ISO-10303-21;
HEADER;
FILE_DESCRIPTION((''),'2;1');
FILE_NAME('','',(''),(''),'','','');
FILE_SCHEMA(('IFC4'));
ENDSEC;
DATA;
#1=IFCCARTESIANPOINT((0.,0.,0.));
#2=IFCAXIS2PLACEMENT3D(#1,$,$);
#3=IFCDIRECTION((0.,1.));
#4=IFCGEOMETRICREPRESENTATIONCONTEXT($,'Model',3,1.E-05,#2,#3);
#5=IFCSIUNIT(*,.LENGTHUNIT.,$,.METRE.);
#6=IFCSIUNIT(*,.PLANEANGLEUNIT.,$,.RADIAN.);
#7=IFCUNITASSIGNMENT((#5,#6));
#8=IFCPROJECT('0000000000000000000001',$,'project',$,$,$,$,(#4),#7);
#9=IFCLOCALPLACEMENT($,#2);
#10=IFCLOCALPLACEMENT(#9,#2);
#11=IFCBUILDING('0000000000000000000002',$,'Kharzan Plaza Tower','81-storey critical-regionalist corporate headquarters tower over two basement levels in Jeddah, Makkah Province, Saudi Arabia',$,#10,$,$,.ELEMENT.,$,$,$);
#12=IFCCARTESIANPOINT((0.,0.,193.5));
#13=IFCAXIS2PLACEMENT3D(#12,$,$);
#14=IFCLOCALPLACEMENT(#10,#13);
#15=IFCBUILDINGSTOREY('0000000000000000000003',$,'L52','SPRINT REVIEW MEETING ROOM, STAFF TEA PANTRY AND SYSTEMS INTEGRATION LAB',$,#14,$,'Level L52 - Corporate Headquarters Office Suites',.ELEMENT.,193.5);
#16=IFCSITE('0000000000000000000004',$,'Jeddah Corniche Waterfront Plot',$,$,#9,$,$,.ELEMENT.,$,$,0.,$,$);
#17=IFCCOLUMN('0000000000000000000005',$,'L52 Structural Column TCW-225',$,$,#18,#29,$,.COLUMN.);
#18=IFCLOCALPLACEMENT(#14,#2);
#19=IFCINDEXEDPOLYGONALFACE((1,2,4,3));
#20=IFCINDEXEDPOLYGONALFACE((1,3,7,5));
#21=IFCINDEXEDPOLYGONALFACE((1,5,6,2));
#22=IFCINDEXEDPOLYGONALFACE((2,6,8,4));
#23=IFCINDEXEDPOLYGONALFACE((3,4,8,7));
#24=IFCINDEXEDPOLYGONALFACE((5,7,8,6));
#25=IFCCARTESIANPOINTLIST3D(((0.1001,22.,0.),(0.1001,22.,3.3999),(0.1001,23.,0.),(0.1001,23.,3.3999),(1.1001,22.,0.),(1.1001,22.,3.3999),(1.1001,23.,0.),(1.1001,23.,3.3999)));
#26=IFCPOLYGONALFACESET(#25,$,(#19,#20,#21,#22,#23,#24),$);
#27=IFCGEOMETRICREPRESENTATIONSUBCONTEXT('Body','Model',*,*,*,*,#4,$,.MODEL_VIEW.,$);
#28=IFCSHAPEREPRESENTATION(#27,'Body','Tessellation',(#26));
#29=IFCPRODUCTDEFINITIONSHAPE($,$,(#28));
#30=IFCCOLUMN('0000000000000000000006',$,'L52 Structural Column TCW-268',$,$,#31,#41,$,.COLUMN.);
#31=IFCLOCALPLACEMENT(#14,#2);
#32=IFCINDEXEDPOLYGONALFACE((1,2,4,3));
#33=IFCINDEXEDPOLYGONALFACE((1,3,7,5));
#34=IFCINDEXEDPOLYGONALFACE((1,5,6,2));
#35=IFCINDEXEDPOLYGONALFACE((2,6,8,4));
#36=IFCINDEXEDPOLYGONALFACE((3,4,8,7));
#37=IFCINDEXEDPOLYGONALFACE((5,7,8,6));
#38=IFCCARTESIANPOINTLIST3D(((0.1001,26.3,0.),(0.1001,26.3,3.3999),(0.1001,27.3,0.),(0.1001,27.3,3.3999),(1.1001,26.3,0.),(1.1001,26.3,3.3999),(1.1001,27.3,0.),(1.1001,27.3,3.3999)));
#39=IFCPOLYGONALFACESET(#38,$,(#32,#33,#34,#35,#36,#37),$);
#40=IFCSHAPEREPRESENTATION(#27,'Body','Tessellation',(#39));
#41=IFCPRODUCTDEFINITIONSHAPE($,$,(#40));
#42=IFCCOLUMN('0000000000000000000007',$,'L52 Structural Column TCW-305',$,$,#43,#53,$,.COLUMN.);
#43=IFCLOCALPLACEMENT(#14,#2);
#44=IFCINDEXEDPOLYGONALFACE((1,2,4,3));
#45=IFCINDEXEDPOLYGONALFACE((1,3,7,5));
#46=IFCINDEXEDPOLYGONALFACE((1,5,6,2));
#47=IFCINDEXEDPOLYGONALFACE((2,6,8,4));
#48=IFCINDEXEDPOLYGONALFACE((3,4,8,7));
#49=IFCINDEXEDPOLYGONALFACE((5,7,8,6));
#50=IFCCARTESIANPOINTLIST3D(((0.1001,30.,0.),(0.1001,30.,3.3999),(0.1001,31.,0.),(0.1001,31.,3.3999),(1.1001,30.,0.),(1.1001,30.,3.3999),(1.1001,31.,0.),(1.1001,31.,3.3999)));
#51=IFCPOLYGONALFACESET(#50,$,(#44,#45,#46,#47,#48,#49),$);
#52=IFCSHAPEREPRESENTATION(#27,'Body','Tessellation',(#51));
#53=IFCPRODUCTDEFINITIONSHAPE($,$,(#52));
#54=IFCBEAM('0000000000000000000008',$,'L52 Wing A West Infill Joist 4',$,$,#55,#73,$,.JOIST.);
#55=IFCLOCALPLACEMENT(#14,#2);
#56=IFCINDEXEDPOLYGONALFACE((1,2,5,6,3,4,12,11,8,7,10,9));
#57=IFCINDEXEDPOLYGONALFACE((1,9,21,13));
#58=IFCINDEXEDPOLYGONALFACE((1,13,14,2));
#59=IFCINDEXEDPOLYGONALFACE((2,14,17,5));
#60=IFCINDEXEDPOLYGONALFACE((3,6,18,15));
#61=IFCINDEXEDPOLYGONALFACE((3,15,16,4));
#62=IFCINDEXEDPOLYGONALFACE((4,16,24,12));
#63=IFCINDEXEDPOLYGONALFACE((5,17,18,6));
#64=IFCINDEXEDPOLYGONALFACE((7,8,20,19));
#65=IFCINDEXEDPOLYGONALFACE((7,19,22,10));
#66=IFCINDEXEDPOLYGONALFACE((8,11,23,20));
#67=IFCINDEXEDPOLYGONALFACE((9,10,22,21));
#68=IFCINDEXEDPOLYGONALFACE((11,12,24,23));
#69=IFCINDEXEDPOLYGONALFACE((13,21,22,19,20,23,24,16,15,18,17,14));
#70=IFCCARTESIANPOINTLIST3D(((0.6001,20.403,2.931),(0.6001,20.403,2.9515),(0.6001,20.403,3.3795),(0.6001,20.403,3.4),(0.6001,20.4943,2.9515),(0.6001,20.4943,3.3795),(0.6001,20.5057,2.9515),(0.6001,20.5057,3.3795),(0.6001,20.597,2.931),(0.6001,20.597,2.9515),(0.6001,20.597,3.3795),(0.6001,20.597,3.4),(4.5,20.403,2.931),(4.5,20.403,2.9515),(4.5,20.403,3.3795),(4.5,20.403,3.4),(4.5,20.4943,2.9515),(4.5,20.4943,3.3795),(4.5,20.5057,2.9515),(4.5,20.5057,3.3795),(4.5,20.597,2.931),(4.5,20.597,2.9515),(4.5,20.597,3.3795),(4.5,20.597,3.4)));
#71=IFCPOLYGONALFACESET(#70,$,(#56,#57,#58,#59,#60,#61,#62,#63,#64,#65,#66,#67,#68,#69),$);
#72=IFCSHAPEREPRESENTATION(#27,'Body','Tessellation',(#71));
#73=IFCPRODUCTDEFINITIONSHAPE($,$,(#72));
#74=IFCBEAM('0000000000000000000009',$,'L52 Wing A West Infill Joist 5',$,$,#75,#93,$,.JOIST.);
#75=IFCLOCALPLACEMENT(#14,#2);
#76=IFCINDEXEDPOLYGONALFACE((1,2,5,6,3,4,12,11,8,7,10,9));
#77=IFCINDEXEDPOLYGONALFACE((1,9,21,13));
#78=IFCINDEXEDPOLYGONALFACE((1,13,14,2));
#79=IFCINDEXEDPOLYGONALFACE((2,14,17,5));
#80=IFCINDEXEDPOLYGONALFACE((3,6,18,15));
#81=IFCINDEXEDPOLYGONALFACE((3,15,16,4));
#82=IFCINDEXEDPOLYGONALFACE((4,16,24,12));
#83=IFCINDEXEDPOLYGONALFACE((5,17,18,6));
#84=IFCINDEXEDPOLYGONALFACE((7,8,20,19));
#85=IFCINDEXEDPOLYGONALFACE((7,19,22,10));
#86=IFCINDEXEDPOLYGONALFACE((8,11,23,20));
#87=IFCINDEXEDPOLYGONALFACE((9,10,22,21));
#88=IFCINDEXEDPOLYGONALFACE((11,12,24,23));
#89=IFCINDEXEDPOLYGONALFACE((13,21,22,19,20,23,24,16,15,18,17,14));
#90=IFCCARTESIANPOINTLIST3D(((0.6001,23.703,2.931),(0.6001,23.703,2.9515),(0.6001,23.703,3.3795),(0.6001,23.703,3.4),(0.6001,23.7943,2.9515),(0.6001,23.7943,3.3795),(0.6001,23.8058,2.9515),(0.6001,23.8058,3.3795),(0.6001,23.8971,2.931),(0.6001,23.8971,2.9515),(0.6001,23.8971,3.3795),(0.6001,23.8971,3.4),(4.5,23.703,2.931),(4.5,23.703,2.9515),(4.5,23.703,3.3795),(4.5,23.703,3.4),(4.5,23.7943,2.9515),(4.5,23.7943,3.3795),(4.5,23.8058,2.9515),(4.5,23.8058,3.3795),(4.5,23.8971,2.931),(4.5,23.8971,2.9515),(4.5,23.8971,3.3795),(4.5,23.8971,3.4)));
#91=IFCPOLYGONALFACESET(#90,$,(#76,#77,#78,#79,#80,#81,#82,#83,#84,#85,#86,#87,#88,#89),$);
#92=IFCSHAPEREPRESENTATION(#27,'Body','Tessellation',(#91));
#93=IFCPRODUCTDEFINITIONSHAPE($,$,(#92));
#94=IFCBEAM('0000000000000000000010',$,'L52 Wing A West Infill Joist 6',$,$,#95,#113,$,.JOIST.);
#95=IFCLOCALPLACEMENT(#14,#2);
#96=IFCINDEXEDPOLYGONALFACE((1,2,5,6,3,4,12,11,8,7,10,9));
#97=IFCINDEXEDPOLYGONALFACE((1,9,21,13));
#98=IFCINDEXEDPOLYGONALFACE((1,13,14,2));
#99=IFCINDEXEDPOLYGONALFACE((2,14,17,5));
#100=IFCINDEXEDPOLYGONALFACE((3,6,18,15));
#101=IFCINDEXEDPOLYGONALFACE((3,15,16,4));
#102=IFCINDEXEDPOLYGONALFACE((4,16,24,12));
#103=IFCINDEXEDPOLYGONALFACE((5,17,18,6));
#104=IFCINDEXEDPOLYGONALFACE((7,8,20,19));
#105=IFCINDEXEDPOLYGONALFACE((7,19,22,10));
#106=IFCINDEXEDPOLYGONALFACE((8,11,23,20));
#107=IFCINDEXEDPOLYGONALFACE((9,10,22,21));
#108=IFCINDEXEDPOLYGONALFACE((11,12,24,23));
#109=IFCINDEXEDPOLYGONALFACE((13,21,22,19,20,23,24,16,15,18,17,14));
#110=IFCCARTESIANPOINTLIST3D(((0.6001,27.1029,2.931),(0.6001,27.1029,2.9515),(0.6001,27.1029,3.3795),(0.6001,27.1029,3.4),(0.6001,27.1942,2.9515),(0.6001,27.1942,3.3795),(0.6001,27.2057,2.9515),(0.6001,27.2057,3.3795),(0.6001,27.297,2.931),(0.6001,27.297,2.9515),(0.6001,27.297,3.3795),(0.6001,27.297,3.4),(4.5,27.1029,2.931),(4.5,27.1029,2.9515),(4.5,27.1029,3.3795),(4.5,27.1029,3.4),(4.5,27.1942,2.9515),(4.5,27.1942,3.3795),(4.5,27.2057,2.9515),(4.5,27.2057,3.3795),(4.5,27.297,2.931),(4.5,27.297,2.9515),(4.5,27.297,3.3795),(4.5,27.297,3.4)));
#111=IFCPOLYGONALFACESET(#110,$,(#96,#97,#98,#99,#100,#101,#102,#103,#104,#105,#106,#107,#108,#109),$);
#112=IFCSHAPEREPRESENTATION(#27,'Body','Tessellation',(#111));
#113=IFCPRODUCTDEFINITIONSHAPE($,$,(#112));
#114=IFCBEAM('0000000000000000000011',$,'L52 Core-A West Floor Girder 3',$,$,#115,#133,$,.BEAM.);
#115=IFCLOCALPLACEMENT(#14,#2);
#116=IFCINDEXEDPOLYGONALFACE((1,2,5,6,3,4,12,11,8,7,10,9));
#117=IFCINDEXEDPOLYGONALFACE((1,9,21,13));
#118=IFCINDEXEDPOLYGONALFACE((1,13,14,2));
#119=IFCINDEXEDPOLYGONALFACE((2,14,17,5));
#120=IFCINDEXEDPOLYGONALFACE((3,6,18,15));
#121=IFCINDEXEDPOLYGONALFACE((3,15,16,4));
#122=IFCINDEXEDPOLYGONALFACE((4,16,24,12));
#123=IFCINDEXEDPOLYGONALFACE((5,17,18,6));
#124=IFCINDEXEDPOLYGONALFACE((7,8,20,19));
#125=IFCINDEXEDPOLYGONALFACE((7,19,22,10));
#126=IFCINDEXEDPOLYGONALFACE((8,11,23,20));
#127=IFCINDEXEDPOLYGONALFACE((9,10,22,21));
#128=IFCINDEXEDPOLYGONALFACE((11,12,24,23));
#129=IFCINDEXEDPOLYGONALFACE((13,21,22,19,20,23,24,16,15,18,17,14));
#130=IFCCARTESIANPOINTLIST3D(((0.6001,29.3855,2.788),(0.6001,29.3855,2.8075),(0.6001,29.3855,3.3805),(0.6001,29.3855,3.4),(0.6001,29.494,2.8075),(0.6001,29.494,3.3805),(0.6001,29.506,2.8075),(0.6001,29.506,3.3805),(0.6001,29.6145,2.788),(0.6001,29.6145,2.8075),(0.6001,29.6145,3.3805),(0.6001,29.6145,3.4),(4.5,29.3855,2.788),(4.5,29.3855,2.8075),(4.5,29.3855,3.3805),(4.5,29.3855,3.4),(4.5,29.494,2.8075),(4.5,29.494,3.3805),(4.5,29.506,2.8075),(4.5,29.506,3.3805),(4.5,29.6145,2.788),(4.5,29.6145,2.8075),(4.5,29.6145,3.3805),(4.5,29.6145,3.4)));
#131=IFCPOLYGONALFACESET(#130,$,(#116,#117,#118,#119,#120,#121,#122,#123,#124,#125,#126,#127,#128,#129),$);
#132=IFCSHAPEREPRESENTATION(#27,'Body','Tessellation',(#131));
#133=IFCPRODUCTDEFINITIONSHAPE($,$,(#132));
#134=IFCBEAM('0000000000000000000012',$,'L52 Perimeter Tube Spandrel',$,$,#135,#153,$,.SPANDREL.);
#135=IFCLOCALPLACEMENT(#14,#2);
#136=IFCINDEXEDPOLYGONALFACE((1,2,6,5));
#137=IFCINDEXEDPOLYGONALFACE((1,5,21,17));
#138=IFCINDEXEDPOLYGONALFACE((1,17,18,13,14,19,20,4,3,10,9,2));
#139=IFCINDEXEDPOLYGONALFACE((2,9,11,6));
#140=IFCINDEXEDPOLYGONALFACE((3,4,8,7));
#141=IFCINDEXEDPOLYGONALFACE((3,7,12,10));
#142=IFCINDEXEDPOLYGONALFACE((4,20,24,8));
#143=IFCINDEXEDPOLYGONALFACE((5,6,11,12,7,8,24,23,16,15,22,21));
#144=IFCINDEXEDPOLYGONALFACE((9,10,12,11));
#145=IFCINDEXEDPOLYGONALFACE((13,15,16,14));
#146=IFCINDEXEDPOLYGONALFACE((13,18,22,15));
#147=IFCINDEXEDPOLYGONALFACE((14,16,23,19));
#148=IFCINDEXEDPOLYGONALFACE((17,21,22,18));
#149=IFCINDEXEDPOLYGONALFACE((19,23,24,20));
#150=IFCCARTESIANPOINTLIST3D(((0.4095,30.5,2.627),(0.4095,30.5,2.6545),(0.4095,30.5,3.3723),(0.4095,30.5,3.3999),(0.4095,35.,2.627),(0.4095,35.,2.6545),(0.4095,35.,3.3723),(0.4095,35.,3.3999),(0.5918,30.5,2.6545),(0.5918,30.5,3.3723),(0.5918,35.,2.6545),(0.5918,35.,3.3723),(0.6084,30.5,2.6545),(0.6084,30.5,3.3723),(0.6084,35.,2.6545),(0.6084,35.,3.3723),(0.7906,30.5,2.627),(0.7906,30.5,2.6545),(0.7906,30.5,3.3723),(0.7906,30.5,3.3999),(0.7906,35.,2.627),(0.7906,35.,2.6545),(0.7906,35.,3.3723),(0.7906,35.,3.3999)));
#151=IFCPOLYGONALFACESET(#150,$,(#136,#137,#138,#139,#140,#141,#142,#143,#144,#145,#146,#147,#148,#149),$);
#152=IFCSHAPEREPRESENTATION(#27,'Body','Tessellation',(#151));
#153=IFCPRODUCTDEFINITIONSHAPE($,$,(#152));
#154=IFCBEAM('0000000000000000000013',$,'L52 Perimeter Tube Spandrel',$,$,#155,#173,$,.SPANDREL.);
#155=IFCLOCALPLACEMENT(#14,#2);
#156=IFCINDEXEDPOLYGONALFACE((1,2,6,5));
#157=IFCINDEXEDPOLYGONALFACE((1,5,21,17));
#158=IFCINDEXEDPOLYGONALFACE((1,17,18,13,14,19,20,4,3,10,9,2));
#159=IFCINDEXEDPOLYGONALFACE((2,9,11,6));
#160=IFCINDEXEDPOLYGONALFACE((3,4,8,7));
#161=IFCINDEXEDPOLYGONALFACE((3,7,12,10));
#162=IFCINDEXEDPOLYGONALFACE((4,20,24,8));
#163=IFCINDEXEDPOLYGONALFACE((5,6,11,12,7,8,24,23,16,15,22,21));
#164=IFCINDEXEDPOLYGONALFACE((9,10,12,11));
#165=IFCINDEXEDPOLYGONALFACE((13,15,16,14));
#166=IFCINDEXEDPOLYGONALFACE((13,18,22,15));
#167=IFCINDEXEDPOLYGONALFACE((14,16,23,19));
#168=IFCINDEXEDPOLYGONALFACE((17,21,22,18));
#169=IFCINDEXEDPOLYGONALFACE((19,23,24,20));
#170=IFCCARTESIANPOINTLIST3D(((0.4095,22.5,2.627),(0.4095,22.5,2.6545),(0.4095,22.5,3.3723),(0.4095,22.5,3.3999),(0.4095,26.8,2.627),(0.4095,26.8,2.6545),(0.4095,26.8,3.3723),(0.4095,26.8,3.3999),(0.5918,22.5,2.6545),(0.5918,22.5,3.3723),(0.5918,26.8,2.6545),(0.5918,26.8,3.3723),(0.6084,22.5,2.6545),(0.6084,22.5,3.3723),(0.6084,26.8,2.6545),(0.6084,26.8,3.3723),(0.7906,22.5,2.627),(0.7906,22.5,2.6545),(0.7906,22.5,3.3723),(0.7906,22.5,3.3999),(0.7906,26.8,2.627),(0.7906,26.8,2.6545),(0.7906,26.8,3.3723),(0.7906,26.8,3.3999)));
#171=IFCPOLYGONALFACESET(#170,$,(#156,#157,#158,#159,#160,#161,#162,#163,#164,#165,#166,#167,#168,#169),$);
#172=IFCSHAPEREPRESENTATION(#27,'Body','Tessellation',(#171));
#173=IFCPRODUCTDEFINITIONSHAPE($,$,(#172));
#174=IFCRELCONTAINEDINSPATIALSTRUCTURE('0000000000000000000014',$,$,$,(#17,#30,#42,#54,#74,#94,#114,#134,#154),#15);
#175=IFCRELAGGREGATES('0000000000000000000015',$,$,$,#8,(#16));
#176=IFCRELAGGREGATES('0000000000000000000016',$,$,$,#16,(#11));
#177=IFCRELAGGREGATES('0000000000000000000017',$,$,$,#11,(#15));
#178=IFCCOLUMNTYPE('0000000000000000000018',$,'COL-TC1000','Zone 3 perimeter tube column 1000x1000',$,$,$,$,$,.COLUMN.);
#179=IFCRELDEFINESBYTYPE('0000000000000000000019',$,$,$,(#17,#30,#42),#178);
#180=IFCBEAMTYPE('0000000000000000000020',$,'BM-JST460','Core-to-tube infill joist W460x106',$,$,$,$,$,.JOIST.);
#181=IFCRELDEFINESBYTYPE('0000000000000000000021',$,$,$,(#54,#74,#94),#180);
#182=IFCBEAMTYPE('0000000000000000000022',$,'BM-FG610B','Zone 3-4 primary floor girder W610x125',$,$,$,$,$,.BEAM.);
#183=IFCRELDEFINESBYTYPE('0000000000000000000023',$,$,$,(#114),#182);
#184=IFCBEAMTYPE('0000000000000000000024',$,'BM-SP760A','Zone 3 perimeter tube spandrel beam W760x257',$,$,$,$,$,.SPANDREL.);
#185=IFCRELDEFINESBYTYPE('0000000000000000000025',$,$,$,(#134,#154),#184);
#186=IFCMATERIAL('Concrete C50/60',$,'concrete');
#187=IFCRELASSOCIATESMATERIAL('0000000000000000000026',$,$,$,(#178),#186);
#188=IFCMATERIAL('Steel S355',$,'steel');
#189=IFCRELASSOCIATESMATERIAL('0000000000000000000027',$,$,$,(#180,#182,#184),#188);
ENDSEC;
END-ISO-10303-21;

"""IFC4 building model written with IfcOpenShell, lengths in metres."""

from ifc_helpers import new_model, si_unit, direction, frame, origin, origin_2d, place, context, subcontext, project, spatial, rectangle, i_section, extrude, source, transform, mapped, material, material_profile, profile_set, type_object, element, save


model = new_model("IFC4")

# Units and contexts
model_context = context("Model", 3, precision=1e-05, world=origin(), true_north=direction((0.0, 1.0)))
body_context = subcontext(model_context, "Body", "Model", "MODEL_VIEW")
ifc_project = project(units=[si_unit("LENGTHUNIT", "METRE"), si_unit("PLANEANGLEUNIT", "RADIAN")], contexts=[model_context])

# Site, building, storey
site_placement = place(None, origin())
site = spatial("IfcSite", under=ifc_project, at=site_placement, Name="Jeddah Corniche Waterfront Plot", CompositionType="ELEMENT", RefElevation=0.0)
building_placement = place(site_placement, origin())
building = spatial("IfcBuilding", under=site, at=building_placement, Name="Kharzan Plaza Tower", Description="81-storey critical-regionalist corporate headquarters tower over two basement levels in Jeddah, Makkah Province, Saudi Arabia", CompositionType="ELEMENT")
storey_placement = place(building_placement, frame((0.0, 0.0, 193.5)))
storey = spatial("IfcBuildingStorey", under=building, at=storey_placement, Name="L52", Description="SPRINT REVIEW MEETING ROOM, STAFF TEA PANTRY AND SYSTEMS INTEGRATION LAB", LongName="Level L52 - Corporate Headquarters Office Suites", CompositionType="ELEMENT", Elevation=193.5)

# Columns
ifc_material_1 = material(Name="Concrete C50/60", Category="concrete")
ifc_material_profile_1 = material_profile(ifc_material_1, rectangle(XDim=1.0, YDim=1.0, at=origin_2d()), Name="RC-TC1000x1000")
ifc_profile_set_1 = profile_set([ifc_material_profile_1], Name="Concrete C50/60")
column_type = type_object("IfcColumnType", Name="COL-TC1000", Description="Zone 3 perimeter tube column 1000x1000", PredefinedType="COLUMN", material=ifc_profile_set_1)
shared_shape_1 = source(origin(), body_context, "Body", "SweptSolid", [
    extrude(rectangle(XDim=1.0, YDim=1.0, at=origin_2d()), origin(), (0.0, 0.0, 1.0), 3.3999),
])
for number, where, z_axis, x_axis, name in (
    (1, (0.6001, 22.5, 0.0), (0.0, 0.0, 1.0), (1.0, 0.0, 0.0), "L52 Structural Column TCW-225"),
    (2, (0.6001, 26.8, 0.0), (0.0, 0.0, 1.0), (1.0, 0.0, 0.0), "L52 Structural Column TCW-268"),
    (3, (0.6001, 30.5, 0.0), (0.0, 0.0, 1.0), (1.0, 0.0, 0.0), "L52 Structural Column TCW-305"),
):
    element("IfcColumn", number, at=place(storey_placement, frame(where, z_axis=z_axis, x_axis=x_axis)), inside=storey, type_object=column_type, Name=name, PredefinedType="COLUMN", context=body_context, shape_type="MappedRepresentation", body=[
        mapped(shared_shape_1, transform((0.0, 0.0, 0.0), x_axis=(1.0, 0.0, 0.0), y_axis=(0.0, 1.0, 0.0), z_axis=(0.0, 0.0, 1.0))),
    ])

# Beams
ifc_material_2 = material(Name="Steel S355", Category="steel")
ifc_material_profile_2 = material_profile(ifc_material_2, i_section(OverallWidth=0.1941, OverallDepth=0.469, WebThickness=0.0115, FlangeThickness=0.0205, at=origin_2d()), Name="W460x106")
ifc_profile_set_2 = profile_set([ifc_material_profile_2], Name="Steel S355")
beam_type_1 = type_object("IfcBeamType", Name="BM-JST460", Description="Core-to-tube infill joist W460x106", PredefinedType="JOIST", material=ifc_profile_set_2)
shared_shape_2 = source(origin(), body_context, "Body", "SweptSolid", [
    extrude(i_section(OverallWidth=0.1941, OverallDepth=0.469, WebThickness=0.0115, FlangeThickness=0.0205, at=origin_2d()), origin(), (0.0, 0.0, 1.0), 3.8999),
])
for number, where, z_axis, x_axis, name in (
    (4, (0.6001, 20.5, 3.1655), (1.0, 0.0, 0.0), (0.0, 1.0, 0.0), "L52 Wing A West Infill Joist 4"),
    (5, (0.6001, 23.8, 3.1655), (1.0, 0.0, 0.0), (0.0, 1.0, 0.0), "L52 Wing A West Infill Joist 5"),
    (6, (0.6001, 27.2, 3.1655), (1.0, 0.0, 0.0), (0.0, 1.0, 0.0), "L52 Wing A West Infill Joist 6"),
):
    element("IfcBeam", number, at=place(storey_placement, frame(where, z_axis=z_axis, x_axis=x_axis)), inside=storey, type_object=beam_type_1, Name=name, PredefinedType="JOIST", context=body_context, shape_type="MappedRepresentation", body=[
        mapped(shared_shape_2, transform((0.0, 0.0, 0.0), x_axis=(1.0, 0.0, 0.0), y_axis=(0.0, 1.0, 0.0), z_axis=(0.0, 0.0, 1.0))),
    ])
ifc_material_profile_3 = material_profile(ifc_material_2, i_section(OverallWidth=0.229, OverallDepth=0.6121, WebThickness=0.012, FlangeThickness=0.0195, at=origin_2d()), Name="W610x125")
ifc_profile_set_3 = profile_set([ifc_material_profile_3], Name="Steel S355")
beam_type_2 = type_object("IfcBeamType", Name="BM-FG610B", Description="Zone 3-4 primary floor girder W610x125", PredefinedType="BEAM", material=ifc_profile_set_3)
shared_shape_3 = source(origin(), body_context, "Body", "SweptSolid", [
    extrude(i_section(OverallWidth=0.229, OverallDepth=0.6121, WebThickness=0.012, FlangeThickness=0.0195, at=origin_2d()), origin(), (0.0, 0.0, 1.0), 3.8999),
])
beam_1_placement = place(storey_placement, frame((0.6001, 29.5, 3.094), z_axis=(1.0, 0.0, 0.0), x_axis=(0.0, 1.0, 0.0)))
element("IfcBeam", 7, at=beam_1_placement, inside=storey, type_object=beam_type_2, Name="L52 Core-A West Floor Girder 3", PredefinedType="BEAM", context=body_context, shape_type="MappedRepresentation", body=[
    mapped(shared_shape_3, transform((0.0, 0.0, 0.0), x_axis=(1.0, 0.0, 0.0), y_axis=(0.0, 1.0, 0.0), z_axis=(0.0, 0.0, 1.0))),
])
ifc_material_profile_4 = material_profile(ifc_material_2, i_section(OverallWidth=0.3811, OverallDepth=0.7729, WebThickness=0.0166, FlangeThickness=0.0276, at=origin_2d()), Name="W760x257")
ifc_profile_set_4 = profile_set([ifc_material_profile_4], Name="Steel S355")
beam_type_3 = type_object("IfcBeamType", Name="BM-SP760A", Description="Zone 3 perimeter tube spandrel beam W760x257", PredefinedType="SPANDREL", material=ifc_profile_set_4)
shared_shape_4 = source(origin(), body_context, "Body", "SweptSolid", [
    extrude(i_section(OverallWidth=0.3811, OverallDepth=0.7729, WebThickness=0.0166, FlangeThickness=0.0276, at=origin_2d()), origin(), (0.0, 0.0, 1.0), 4.5),
])
beam_2_placement = place(storey_placement, frame((0.6001, 30.5, 3.0134), z_axis=(0.0, 1.0, 0.0), x_axis=(-1.0, 0.0, 0.0)))
element("IfcBeam", 8, at=beam_2_placement, inside=storey, type_object=beam_type_3, Name="L52 Perimeter Tube Spandrel", PredefinedType="SPANDREL", context=body_context, shape_type="MappedRepresentation", body=[
    mapped(shared_shape_4, transform((0.0, 0.0, 0.0), x_axis=(1.0, 0.0, 0.0), y_axis=(0.0, 1.0, 0.0), z_axis=(0.0, 0.0, 1.0))),
])
shared_shape_5 = source(origin(), body_context, "Body", "SweptSolid", [
    extrude(i_section(OverallWidth=0.3811, OverallDepth=0.7729, WebThickness=0.0166, FlangeThickness=0.0276, at=origin_2d()), origin(), (0.0, 0.0, 1.0), 4.3),
])
beam_3_placement = place(storey_placement, frame((0.6001, 22.5, 3.0134), z_axis=(0.0, 1.0, 0.0), x_axis=(-1.0, 0.0, 0.0)))
element("IfcBeam", 9, at=beam_3_placement, inside=storey, type_object=beam_type_3, Name="L52 Perimeter Tube Spandrel", PredefinedType="SPANDREL", context=body_context, shape_type="MappedRepresentation", body=[
    mapped(shared_shape_5, transform((0.0, 0.0, 0.0), x_axis=(1.0, 0.0, 0.0), y_axis=(0.0, 1.0, 0.0), z_axis=(0.0, 0.0, 1.0))),
])

save(model, "model.ifc")
